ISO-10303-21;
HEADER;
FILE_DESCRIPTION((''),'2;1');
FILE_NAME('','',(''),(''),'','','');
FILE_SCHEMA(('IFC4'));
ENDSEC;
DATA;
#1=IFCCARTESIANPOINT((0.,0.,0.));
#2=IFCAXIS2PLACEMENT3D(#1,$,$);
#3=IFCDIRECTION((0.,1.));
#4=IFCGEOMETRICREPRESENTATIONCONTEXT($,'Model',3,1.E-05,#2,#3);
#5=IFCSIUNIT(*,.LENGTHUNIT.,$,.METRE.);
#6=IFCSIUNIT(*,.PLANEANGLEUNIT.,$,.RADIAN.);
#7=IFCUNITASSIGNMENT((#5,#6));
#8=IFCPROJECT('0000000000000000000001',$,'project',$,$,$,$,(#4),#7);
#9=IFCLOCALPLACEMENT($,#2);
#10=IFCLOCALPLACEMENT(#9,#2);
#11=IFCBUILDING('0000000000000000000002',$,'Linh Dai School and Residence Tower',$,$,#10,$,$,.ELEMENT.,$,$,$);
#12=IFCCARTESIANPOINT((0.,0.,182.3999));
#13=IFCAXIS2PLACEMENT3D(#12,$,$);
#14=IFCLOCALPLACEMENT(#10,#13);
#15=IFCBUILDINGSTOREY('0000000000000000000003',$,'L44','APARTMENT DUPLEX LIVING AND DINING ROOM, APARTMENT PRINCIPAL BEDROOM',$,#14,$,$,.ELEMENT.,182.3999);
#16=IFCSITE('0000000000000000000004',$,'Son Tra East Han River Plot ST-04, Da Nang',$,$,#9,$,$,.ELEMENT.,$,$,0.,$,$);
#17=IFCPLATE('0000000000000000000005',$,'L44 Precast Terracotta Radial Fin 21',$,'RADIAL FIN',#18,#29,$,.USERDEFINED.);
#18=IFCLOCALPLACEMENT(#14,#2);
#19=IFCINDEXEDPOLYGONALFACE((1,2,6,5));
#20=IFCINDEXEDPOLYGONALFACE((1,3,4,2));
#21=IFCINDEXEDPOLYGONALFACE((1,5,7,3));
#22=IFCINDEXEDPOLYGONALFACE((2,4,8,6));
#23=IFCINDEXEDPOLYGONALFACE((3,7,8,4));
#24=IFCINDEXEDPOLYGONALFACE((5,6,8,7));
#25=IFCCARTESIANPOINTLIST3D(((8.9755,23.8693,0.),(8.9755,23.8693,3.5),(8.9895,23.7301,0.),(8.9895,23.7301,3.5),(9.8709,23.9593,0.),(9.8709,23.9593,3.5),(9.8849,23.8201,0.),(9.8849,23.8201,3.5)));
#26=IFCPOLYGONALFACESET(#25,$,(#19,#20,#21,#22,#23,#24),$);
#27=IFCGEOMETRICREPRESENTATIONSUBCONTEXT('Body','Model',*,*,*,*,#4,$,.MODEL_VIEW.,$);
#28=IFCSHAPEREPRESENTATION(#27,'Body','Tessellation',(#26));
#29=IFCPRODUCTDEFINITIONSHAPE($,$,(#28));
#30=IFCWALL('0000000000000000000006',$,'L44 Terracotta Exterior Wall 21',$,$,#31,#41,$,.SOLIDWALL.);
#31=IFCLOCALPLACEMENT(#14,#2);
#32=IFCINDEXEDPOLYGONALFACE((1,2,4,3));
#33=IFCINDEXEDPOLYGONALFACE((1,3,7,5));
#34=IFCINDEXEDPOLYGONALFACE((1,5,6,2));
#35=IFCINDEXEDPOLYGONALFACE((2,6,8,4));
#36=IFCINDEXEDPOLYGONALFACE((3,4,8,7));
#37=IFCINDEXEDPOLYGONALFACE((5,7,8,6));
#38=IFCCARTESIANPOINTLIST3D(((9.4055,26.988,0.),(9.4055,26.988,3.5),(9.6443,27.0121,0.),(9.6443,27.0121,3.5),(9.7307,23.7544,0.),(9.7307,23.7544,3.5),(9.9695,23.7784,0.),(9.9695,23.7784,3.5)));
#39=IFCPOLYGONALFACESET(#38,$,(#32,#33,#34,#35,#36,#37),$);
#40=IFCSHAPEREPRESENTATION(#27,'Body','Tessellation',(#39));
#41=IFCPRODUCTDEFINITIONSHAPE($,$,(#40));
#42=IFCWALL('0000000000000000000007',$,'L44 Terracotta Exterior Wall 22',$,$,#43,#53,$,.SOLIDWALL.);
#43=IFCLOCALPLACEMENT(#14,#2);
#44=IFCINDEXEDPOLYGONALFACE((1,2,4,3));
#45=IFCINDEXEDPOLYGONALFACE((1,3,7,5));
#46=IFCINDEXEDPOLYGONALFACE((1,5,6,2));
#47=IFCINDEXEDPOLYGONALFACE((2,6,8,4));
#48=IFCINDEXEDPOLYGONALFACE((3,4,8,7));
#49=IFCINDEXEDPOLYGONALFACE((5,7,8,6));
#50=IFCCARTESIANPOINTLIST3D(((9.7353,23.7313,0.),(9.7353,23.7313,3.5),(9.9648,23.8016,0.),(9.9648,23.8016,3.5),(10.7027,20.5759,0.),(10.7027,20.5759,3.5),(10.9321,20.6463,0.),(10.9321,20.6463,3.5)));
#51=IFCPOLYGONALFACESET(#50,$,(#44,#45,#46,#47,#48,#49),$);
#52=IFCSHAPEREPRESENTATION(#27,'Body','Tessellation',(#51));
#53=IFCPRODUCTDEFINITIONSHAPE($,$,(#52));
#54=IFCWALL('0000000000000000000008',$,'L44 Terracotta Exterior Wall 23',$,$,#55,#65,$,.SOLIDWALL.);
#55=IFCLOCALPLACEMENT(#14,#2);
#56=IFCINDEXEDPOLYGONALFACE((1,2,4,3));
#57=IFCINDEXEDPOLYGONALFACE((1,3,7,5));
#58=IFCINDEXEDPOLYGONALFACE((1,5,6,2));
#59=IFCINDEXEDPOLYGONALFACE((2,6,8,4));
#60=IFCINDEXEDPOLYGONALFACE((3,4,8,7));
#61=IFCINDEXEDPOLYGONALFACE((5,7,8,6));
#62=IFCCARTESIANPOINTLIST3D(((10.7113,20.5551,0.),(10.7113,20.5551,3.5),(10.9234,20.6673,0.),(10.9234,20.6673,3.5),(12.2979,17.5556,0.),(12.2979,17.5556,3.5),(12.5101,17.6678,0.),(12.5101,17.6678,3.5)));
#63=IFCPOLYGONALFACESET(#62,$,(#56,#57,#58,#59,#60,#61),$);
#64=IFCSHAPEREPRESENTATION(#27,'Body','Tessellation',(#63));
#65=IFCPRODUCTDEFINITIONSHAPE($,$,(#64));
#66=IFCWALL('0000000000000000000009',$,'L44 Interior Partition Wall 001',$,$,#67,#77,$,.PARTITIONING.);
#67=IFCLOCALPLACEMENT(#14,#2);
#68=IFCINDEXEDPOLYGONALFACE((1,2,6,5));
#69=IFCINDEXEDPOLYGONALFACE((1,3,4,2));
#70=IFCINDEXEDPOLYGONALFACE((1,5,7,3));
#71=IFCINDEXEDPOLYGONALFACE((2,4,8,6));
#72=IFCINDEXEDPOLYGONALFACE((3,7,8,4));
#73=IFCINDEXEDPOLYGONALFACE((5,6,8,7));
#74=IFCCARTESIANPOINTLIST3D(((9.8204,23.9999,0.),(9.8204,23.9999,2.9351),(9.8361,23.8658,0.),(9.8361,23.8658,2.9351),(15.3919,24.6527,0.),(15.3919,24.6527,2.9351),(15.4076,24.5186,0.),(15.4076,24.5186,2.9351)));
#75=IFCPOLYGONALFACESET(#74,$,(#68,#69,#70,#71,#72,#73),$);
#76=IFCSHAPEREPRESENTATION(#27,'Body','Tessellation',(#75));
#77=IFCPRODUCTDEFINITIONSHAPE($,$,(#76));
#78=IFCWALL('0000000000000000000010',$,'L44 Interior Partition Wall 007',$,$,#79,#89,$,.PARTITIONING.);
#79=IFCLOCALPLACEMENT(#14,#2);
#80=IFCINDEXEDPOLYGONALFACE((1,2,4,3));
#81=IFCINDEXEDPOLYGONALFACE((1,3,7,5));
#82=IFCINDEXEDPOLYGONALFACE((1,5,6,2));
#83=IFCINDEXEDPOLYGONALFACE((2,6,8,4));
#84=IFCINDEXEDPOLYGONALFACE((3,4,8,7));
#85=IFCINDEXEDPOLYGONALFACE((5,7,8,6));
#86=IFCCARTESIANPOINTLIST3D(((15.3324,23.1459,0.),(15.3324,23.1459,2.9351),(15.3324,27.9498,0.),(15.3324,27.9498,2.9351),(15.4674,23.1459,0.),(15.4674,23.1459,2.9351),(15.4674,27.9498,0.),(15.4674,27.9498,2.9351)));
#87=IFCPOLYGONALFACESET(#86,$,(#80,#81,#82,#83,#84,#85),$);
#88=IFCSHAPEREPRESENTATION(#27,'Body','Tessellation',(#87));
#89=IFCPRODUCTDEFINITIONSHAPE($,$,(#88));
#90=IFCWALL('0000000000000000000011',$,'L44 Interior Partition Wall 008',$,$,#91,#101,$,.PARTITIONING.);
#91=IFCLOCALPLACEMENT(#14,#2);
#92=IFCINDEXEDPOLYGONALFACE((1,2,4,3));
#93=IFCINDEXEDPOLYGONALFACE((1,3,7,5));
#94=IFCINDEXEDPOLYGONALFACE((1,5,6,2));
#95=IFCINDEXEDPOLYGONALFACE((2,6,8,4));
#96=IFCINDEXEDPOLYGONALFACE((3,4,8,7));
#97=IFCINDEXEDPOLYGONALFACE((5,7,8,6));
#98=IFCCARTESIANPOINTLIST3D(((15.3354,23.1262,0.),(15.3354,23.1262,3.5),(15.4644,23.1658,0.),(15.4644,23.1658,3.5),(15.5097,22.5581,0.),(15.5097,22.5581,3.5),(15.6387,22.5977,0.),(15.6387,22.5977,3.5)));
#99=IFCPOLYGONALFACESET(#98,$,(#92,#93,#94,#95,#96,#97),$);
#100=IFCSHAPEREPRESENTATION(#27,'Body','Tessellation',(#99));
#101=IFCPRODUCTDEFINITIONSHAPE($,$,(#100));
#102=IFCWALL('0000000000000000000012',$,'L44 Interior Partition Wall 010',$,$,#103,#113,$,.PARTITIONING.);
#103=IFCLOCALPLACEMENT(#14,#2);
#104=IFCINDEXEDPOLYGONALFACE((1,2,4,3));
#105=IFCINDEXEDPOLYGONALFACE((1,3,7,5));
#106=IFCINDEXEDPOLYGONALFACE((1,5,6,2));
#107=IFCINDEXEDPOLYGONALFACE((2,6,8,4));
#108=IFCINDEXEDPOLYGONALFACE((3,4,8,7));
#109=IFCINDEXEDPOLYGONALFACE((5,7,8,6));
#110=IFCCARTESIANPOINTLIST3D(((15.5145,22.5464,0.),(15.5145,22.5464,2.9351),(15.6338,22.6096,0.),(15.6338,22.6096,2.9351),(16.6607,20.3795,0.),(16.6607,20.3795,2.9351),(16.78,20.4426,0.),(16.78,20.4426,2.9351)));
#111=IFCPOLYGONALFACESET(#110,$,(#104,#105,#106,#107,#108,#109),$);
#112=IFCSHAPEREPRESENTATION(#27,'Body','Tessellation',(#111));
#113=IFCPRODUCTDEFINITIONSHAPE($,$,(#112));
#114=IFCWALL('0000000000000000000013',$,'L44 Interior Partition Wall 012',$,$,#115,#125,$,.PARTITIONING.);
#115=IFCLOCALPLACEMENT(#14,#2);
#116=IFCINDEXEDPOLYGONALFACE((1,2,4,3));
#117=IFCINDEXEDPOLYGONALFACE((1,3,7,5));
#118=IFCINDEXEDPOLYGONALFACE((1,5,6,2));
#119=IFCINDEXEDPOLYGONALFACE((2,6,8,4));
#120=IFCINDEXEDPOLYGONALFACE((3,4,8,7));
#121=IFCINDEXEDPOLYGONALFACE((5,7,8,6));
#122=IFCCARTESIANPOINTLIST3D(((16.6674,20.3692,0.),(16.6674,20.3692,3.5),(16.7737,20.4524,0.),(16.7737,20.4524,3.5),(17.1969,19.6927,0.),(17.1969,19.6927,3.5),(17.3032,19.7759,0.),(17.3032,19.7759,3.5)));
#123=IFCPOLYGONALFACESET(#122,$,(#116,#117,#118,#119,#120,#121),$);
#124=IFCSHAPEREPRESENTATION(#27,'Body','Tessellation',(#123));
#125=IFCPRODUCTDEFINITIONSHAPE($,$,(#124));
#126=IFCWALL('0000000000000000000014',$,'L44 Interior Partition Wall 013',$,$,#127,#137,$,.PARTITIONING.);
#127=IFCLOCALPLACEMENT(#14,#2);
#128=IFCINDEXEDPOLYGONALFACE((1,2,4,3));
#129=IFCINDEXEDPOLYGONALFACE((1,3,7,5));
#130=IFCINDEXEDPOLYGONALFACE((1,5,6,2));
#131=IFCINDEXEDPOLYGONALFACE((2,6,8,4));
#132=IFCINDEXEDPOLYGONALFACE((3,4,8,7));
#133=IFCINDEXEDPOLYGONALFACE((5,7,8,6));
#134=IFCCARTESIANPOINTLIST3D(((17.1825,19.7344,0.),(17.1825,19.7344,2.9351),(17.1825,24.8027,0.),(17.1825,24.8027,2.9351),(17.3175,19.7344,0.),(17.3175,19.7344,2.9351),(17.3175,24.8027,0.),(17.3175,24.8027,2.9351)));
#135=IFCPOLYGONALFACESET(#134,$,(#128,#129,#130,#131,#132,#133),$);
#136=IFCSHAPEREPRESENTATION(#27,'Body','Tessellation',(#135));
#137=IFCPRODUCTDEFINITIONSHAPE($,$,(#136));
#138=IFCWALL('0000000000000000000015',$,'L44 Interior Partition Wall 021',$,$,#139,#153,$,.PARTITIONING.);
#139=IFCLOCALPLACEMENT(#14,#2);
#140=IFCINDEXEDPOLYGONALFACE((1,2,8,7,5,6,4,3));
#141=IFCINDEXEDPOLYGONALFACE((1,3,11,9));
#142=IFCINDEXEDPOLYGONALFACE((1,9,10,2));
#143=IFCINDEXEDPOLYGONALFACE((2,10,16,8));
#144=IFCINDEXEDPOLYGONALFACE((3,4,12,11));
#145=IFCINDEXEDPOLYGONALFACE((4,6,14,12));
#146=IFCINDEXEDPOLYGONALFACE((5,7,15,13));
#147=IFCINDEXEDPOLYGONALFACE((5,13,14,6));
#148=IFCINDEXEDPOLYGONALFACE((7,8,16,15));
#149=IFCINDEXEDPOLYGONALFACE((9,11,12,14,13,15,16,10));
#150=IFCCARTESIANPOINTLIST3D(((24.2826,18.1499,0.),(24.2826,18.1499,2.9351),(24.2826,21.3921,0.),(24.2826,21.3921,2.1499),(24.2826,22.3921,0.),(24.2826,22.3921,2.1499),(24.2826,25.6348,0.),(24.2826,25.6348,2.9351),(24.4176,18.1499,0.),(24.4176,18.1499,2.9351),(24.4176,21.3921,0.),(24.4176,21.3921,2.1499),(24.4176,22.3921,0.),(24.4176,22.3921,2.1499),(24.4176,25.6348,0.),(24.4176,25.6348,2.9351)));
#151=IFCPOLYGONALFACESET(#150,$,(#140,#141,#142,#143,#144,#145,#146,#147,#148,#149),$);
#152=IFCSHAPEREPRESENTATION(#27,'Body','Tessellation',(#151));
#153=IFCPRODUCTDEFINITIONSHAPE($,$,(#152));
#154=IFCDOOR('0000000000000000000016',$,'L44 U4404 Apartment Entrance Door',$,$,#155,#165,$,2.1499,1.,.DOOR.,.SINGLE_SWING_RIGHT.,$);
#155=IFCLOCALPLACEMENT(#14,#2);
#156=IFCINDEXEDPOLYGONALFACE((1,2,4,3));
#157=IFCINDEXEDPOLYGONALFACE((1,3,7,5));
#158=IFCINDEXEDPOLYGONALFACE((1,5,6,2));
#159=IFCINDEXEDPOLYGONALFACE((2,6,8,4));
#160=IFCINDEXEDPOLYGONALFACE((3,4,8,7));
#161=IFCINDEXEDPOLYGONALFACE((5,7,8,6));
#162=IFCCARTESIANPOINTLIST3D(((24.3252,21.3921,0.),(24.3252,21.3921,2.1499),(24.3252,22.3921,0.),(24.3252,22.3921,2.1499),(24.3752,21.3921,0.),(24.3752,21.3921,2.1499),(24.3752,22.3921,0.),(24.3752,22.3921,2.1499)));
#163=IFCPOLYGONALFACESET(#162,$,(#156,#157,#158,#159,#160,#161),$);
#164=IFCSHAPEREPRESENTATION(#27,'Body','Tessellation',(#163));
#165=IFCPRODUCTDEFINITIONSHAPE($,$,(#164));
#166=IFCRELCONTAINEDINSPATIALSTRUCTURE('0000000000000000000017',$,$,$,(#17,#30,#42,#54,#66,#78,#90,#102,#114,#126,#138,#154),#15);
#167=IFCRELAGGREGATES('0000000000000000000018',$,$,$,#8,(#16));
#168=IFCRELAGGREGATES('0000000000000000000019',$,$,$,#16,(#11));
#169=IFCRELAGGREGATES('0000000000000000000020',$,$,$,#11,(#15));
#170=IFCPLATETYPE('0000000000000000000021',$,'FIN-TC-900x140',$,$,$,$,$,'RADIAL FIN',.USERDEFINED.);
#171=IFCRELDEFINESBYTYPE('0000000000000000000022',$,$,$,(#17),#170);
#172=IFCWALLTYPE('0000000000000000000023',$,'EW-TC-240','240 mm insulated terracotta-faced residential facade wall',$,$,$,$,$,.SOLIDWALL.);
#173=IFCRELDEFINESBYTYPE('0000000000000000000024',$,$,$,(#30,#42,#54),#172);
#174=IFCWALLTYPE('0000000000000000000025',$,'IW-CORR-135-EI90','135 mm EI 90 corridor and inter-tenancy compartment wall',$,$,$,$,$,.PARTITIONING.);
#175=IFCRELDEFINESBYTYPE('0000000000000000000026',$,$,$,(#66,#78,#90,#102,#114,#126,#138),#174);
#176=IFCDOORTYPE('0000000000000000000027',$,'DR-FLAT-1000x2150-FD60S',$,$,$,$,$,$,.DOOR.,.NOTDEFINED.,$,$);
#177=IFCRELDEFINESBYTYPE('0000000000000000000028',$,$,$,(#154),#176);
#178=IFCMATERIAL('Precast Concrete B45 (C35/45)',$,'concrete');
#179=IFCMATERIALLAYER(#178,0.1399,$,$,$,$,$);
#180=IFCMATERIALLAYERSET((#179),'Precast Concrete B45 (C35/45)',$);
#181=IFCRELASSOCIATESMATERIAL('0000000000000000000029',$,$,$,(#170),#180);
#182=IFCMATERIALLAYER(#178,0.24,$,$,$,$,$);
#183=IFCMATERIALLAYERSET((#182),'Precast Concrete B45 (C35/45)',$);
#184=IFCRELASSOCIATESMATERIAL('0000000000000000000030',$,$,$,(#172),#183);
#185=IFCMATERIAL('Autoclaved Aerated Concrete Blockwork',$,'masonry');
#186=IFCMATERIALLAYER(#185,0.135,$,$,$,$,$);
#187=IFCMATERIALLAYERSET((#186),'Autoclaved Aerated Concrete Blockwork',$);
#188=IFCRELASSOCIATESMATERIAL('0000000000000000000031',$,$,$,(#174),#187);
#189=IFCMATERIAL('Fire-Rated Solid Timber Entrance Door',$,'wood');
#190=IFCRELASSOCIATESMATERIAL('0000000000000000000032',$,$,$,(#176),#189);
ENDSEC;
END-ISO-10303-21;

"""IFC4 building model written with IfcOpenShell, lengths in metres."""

from ifc_helpers import new_model, si_unit, direction, frame, frame_2d, origin, origin_2d, place, context, subcontext, project, spatial, rectangle, extrude, source, transform, mapped, material, layer, layer_set, type_object, element, fill, save


model = new_model("IFC4")

# Units and contexts
model_context = context("Model", 3, precision=1e-05, world=origin(), true_north=direction((0.0, 1.0)))
body_context = subcontext(model_context, "Body", "Model", "MODEL_VIEW")
ifc_project = project(units=[si_unit("LENGTHUNIT", "METRE"), si_unit("PLANEANGLEUNIT", "RADIAN")], contexts=[model_context])

# Site, building, storey
site_placement = place(None, origin())
site = spatial("IfcSite", under=ifc_project, at=site_placement, Name="Son Tra East Han River Plot ST-04, Da Nang", CompositionType="ELEMENT", RefElevation=0.0)
building_placement = place(site_placement, origin())
building = spatial("IfcBuilding", under=site, at=building_placement, Name="Linh Dai School and Residence Tower", CompositionType="ELEMENT")
storey_placement = place(building_placement, frame((0.0, 0.0, 182.3999)))
storey = spatial("IfcBuildingStorey", under=building, at=storey_placement, Name="L44", Description="APARTMENT DUPLEX LIVING AND DINING ROOM, APARTMENT PRINCIPAL BEDROOM", CompositionType="ELEMENT", Elevation=182.3999)

# Plate
ifc_material_1 = material(Name="Precast Concrete B45 (C35/45)", Category="concrete")
ifc_layer_1 = layer(ifc_material_1, 0.1399)
ifc_layer_set_1 = layer_set([ifc_layer_1], Name="Precast Concrete B45 (C35/45)")
plate_type = type_object("IfcPlateType", Name="FIN-TC-900x140", ElementType="RADIAL FIN", PredefinedType="USERDEFINED", material=ifc_layer_set_1)
shared_shape_1 = source(origin(), body_context, "Body", "SweptSolid", [
    extrude(rectangle(XDim=0.8999, YDim=0.1399, at=origin_2d()), origin(), (0.0, 0.0, 1.0), 3.5),
])
plate_placement = place(storey_placement, frame((9.4302, 23.8447, 0.0), z_axis=(0.0, 0.0, 1.0), x_axis=(-0.994987, -0.100002, 0.0)))
element("IfcPlate", 1, at=plate_placement, inside=storey, type_object=plate_type, Name="L44 Precast Terracotta Radial Fin 21", ObjectType="RADIAL FIN", PredefinedType="USERDEFINED", context=body_context, shape_type="MappedRepresentation", body=[
    mapped(shared_shape_1, transform((0.0, 0.0, 0.0), x_axis=(1.0, 0.0, 0.0), y_axis=(0.0, 1.0, 0.0), z_axis=(0.0, 0.0, 1.0), scale=1.0)),
])

# Walls
ifc_layer_2 = layer(ifc_material_1, 0.24)
ifc_layer_set_2 = layer_set([ifc_layer_2], Name="Precast Concrete B45 (C35/45)")
wall_type_1 = type_object("IfcWallType", Name="EW-TC-240", Description="240 mm insulated terracotta-faced residential facade wall", PredefinedType="SOLIDWALL", material=ifc_layer_set_2)
wall_1_placement = place(storey_placement, frame((9.8501, 23.7664, 0.0), z_axis=(0.0, 0.0, 1.0), x_axis=(-0.100062, 0.994981, 0.0)))
element("IfcWall", 2, at=wall_1_placement, inside=storey, type_object=wall_type_1, Name="L44 Terracotta Exterior Wall 21", PredefinedType="SOLIDWALL", context=body_context, shape_type="SweptSolid", body=[
    extrude(rectangle(XDim=3.25, YDim=0.24, at=frame_2d((1.625, 0.0))), origin(), (0.0, 0.0, 1.0), 3.5),
])
wall_2_placement = place(storey_placement, frame((10.8174, 20.6111, 0.0), z_axis=(0.0, 0.0, 1.0), x_axis=(-0.293098, 0.956082, 0.0)))
element("IfcWall", 3, at=wall_2_placement, inside=storey, type_object=wall_type_1, Name="L44 Terracotta Exterior Wall 22", PredefinedType="SOLIDWALL", context=body_context, shape_type="SweptSolid", body=[
    extrude(rectangle(XDim=3.3003, YDim=0.24, at=frame_2d((1.6501, 0.0))), origin(), (0.0, 0.0, 1.0), 3.5),
])
wall_3_placement = place(storey_placement, frame((12.4041, 17.6116, 0.0), z_axis=(0.0, 0.0, 1.0), x_axis=(-0.467587, 0.883947, 0.0)))
element("IfcWall", 4, at=wall_3_placement, inside=storey, type_object=wall_type_1, Name="L44 Terracotta Exterior Wall 23", PredefinedType="SOLIDWALL", context=body_context, shape_type="SweptSolid", body=[
    extrude(rectangle(XDim=3.3933, YDim=0.24, at=frame_2d((1.6968, 0.0))), origin(), (0.0, 0.0, 1.0), 3.5),
])
ifc_material_2 = material(Name="Autoclaved Aerated Concrete Blockwork", Category="masonry")
ifc_layer_3 = layer(ifc_material_2, 0.135)
ifc_layer_set_3 = layer_set([ifc_layer_3], Name="Autoclaved Aerated Concrete Blockwork")
wall_type_2 = type_object("IfcWallType", Name="IW-CORR-135-EI90", Description="135 mm EI 90 corridor and inter-tenancy compartment wall", PredefinedType="PARTITIONING", material=ifc_layer_set_3)
wall_4_placement = place(storey_placement, frame((9.8284, 23.9329, 0.0), z_axis=(0.0, 0.0, 1.0), x_axis=(0.993205, 0.116377, 0.0)))
element("IfcWall", 5, at=wall_4_placement, inside=storey, type_object=wall_type_2, Name="L44 Interior Partition Wall 001", PredefinedType="PARTITIONING", context=body_context, shape_type="SweptSolid", body=[
    extrude(rectangle(XDim=5.6096, YDim=0.135, at=frame_2d((2.8047, 0.0))), origin(), (0.0, 0.0, 1.0), 2.9351),
])
wall_5_placement = place(storey_placement, frame((15.3999, 23.146, 0.0), z_axis=(0.0, 0.0, 1.0), x_axis=(0.0, 1.0, 0.0)))
element("IfcWall", 6, at=wall_5_placement, inside=storey, type_object=wall_type_2, Name="L44 Interior Partition Wall 007", PredefinedType="PARTITIONING", context=body_context, shape_type="SweptSolid", body=[
    extrude(rectangle(XDim=4.804, YDim=0.135, at=frame_2d((2.4019, 0.0))), origin(), (0.0, 0.0, 1.0), 2.9351),
])
wall_6_placement = place(storey_placement, frame((15.3999, 23.146, 0.0), z_axis=(0.0, 0.0, 1.0), x_axis=(0.293335, -0.95601, 0.0)))
element("IfcWall", 7, at=wall_6_placement, inside=storey, type_object=wall_type_2, Name="L44 Interior Partition Wall 008", PredefinedType="PARTITIONING", context=body_context, shape_type="SweptSolid", body=[
    extrude(rectangle(XDim=0.5942, YDim=0.135, at=frame_2d((0.2971, 0.0))), origin(), (0.0, 0.0, 1.0), 3.5),
])
wall_7_placement = place(storey_placement, frame((15.5742, 22.5779, 0.0), z_axis=(0.0, 0.0, 1.0), x_axis=(0.467572, -0.883955, 0.0)))
element("IfcWall", 8, at=wall_7_placement, inside=storey, type_object=wall_type_2, Name="L44 Interior Partition Wall 010", PredefinedType="PARTITIONING", context=body_context, shape_type="SweptSolid", body=[
    extrude(rectangle(XDim=2.4514, YDim=0.135, at=frame_2d((1.2256, 0.0))), origin(), (0.0, 0.0, 1.0), 2.9351),
])
wall_8_placement = place(storey_placement, frame((16.7205, 20.4109, 0.0), z_axis=(0.0, 0.0, 1.0), x_axis=(0.616377, -0.787451, 0.0)))
element("IfcWall", 9, at=wall_8_placement, inside=storey, type_object=wall_type_2, Name="L44 Interior Partition Wall 012", PredefinedType="PARTITIONING", context=body_context, shape_type="SweptSolid", body=[
    extrude(rectangle(XDim=0.8591, YDim=0.135, at=frame_2d((0.4297, 0.0))), origin(), (0.0, 0.0, 1.0), 3.5),
])
wall_9_placement = place(storey_placement, frame((17.25, 19.7344, 0.0), z_axis=(0.0, 0.0, 1.0), x_axis=(0.0, 1.0, 0.0)))
element("IfcWall", 10, at=wall_9_placement, inside=storey, type_object=wall_type_2, Name="L44 Interior Partition Wall 013", PredefinedType="PARTITIONING", context=body_context, shape_type="SweptSolid", body=[
    extrude(rectangle(XDim=5.0684, YDim=0.135, at=frame_2d((2.5342, 0.0))), origin(), (0.0, 0.0, 1.0), 2.9351),
])

# Wall, opening, door
wall_10_placement = place(storey_placement, frame((24.3501, 18.1499, 0.0), z_axis=(0.0, 0.0, 1.0), x_axis=(0.0, 1.0, 0.0)))
wall_10 = element("IfcWall", 11, at=wall_10_placement, inside=storey, type_object=wall_type_2, Name="L44 Interior Partition Wall 021", PredefinedType="PARTITIONING", context=body_context, shape_type="SweptSolid", body=[
    extrude(rectangle(XDim=7.4849, YDim=0.135, at=frame_2d((3.7424, 0.0))), origin(), (0.0, 0.0, 1.0), 2.9351),
])
opening_1_placement = place(wall_10_placement, frame((3.2422, 0.0, 0.0)))
opening_1 = element("IfcOpeningElement", 12, at=opening_1_placement, cuts=wall_10, PredefinedType="OPENING", context=body_context, shape_type="SweptSolid", body=[
    extrude(rectangle(XDim=1.0, YDim=2.1499, at=origin_2d()), frame((0.5, 0.0776, 1.075), z_axis=(0.0, -1.0, 0.0), x_axis=(1.0, 0.0, 0.0)), (0.0, 0.0, 1.0), 0.155),
])
ifc_material_3 = material(Name="Fire-Rated Solid Timber Entrance Door", Category="wood")
door_type = type_object("IfcDoorType", Name="DR-FLAT-1000x2150-FD60S", OperationType="NOTDEFINED", PredefinedType="DOOR", material=ifc_material_3)
shared_shape_2 = source(origin(), body_context, "Body", "SweptSolid", [
    extrude(rectangle(XDim=1.0, YDim=2.1499, at=origin_2d()), frame((0.5, 0.0249, 1.075), z_axis=(0.0, -1.0, 0.0), x_axis=(1.0, 0.0, 0.0)), (0.0, 0.0, 1.0), 0.05),
])
door_1_placement = place(opening_1_placement, origin())
door_1 = element("IfcDoor", 13, at=door_1_placement, inside=storey, type_object=door_type, Name="L44 U4404 Apartment Entrance Door", OperationType="SINGLE_SWING_RIGHT", OverallHeight=2.1499, OverallWidth=1.0, PredefinedType="DOOR", context=body_context, shape_type="MappedRepresentation", body=[
    mapped(shared_shape_2, transform((0.0, 0.0, 0.0), x_axis=(1.0, 0.0, 0.0), y_axis=(0.0, 1.0, 0.0), z_axis=(0.0, 0.0, 1.0), scale=1.0)),
])
fill(opening_1, door_1)

save(model, "model.ifc")
